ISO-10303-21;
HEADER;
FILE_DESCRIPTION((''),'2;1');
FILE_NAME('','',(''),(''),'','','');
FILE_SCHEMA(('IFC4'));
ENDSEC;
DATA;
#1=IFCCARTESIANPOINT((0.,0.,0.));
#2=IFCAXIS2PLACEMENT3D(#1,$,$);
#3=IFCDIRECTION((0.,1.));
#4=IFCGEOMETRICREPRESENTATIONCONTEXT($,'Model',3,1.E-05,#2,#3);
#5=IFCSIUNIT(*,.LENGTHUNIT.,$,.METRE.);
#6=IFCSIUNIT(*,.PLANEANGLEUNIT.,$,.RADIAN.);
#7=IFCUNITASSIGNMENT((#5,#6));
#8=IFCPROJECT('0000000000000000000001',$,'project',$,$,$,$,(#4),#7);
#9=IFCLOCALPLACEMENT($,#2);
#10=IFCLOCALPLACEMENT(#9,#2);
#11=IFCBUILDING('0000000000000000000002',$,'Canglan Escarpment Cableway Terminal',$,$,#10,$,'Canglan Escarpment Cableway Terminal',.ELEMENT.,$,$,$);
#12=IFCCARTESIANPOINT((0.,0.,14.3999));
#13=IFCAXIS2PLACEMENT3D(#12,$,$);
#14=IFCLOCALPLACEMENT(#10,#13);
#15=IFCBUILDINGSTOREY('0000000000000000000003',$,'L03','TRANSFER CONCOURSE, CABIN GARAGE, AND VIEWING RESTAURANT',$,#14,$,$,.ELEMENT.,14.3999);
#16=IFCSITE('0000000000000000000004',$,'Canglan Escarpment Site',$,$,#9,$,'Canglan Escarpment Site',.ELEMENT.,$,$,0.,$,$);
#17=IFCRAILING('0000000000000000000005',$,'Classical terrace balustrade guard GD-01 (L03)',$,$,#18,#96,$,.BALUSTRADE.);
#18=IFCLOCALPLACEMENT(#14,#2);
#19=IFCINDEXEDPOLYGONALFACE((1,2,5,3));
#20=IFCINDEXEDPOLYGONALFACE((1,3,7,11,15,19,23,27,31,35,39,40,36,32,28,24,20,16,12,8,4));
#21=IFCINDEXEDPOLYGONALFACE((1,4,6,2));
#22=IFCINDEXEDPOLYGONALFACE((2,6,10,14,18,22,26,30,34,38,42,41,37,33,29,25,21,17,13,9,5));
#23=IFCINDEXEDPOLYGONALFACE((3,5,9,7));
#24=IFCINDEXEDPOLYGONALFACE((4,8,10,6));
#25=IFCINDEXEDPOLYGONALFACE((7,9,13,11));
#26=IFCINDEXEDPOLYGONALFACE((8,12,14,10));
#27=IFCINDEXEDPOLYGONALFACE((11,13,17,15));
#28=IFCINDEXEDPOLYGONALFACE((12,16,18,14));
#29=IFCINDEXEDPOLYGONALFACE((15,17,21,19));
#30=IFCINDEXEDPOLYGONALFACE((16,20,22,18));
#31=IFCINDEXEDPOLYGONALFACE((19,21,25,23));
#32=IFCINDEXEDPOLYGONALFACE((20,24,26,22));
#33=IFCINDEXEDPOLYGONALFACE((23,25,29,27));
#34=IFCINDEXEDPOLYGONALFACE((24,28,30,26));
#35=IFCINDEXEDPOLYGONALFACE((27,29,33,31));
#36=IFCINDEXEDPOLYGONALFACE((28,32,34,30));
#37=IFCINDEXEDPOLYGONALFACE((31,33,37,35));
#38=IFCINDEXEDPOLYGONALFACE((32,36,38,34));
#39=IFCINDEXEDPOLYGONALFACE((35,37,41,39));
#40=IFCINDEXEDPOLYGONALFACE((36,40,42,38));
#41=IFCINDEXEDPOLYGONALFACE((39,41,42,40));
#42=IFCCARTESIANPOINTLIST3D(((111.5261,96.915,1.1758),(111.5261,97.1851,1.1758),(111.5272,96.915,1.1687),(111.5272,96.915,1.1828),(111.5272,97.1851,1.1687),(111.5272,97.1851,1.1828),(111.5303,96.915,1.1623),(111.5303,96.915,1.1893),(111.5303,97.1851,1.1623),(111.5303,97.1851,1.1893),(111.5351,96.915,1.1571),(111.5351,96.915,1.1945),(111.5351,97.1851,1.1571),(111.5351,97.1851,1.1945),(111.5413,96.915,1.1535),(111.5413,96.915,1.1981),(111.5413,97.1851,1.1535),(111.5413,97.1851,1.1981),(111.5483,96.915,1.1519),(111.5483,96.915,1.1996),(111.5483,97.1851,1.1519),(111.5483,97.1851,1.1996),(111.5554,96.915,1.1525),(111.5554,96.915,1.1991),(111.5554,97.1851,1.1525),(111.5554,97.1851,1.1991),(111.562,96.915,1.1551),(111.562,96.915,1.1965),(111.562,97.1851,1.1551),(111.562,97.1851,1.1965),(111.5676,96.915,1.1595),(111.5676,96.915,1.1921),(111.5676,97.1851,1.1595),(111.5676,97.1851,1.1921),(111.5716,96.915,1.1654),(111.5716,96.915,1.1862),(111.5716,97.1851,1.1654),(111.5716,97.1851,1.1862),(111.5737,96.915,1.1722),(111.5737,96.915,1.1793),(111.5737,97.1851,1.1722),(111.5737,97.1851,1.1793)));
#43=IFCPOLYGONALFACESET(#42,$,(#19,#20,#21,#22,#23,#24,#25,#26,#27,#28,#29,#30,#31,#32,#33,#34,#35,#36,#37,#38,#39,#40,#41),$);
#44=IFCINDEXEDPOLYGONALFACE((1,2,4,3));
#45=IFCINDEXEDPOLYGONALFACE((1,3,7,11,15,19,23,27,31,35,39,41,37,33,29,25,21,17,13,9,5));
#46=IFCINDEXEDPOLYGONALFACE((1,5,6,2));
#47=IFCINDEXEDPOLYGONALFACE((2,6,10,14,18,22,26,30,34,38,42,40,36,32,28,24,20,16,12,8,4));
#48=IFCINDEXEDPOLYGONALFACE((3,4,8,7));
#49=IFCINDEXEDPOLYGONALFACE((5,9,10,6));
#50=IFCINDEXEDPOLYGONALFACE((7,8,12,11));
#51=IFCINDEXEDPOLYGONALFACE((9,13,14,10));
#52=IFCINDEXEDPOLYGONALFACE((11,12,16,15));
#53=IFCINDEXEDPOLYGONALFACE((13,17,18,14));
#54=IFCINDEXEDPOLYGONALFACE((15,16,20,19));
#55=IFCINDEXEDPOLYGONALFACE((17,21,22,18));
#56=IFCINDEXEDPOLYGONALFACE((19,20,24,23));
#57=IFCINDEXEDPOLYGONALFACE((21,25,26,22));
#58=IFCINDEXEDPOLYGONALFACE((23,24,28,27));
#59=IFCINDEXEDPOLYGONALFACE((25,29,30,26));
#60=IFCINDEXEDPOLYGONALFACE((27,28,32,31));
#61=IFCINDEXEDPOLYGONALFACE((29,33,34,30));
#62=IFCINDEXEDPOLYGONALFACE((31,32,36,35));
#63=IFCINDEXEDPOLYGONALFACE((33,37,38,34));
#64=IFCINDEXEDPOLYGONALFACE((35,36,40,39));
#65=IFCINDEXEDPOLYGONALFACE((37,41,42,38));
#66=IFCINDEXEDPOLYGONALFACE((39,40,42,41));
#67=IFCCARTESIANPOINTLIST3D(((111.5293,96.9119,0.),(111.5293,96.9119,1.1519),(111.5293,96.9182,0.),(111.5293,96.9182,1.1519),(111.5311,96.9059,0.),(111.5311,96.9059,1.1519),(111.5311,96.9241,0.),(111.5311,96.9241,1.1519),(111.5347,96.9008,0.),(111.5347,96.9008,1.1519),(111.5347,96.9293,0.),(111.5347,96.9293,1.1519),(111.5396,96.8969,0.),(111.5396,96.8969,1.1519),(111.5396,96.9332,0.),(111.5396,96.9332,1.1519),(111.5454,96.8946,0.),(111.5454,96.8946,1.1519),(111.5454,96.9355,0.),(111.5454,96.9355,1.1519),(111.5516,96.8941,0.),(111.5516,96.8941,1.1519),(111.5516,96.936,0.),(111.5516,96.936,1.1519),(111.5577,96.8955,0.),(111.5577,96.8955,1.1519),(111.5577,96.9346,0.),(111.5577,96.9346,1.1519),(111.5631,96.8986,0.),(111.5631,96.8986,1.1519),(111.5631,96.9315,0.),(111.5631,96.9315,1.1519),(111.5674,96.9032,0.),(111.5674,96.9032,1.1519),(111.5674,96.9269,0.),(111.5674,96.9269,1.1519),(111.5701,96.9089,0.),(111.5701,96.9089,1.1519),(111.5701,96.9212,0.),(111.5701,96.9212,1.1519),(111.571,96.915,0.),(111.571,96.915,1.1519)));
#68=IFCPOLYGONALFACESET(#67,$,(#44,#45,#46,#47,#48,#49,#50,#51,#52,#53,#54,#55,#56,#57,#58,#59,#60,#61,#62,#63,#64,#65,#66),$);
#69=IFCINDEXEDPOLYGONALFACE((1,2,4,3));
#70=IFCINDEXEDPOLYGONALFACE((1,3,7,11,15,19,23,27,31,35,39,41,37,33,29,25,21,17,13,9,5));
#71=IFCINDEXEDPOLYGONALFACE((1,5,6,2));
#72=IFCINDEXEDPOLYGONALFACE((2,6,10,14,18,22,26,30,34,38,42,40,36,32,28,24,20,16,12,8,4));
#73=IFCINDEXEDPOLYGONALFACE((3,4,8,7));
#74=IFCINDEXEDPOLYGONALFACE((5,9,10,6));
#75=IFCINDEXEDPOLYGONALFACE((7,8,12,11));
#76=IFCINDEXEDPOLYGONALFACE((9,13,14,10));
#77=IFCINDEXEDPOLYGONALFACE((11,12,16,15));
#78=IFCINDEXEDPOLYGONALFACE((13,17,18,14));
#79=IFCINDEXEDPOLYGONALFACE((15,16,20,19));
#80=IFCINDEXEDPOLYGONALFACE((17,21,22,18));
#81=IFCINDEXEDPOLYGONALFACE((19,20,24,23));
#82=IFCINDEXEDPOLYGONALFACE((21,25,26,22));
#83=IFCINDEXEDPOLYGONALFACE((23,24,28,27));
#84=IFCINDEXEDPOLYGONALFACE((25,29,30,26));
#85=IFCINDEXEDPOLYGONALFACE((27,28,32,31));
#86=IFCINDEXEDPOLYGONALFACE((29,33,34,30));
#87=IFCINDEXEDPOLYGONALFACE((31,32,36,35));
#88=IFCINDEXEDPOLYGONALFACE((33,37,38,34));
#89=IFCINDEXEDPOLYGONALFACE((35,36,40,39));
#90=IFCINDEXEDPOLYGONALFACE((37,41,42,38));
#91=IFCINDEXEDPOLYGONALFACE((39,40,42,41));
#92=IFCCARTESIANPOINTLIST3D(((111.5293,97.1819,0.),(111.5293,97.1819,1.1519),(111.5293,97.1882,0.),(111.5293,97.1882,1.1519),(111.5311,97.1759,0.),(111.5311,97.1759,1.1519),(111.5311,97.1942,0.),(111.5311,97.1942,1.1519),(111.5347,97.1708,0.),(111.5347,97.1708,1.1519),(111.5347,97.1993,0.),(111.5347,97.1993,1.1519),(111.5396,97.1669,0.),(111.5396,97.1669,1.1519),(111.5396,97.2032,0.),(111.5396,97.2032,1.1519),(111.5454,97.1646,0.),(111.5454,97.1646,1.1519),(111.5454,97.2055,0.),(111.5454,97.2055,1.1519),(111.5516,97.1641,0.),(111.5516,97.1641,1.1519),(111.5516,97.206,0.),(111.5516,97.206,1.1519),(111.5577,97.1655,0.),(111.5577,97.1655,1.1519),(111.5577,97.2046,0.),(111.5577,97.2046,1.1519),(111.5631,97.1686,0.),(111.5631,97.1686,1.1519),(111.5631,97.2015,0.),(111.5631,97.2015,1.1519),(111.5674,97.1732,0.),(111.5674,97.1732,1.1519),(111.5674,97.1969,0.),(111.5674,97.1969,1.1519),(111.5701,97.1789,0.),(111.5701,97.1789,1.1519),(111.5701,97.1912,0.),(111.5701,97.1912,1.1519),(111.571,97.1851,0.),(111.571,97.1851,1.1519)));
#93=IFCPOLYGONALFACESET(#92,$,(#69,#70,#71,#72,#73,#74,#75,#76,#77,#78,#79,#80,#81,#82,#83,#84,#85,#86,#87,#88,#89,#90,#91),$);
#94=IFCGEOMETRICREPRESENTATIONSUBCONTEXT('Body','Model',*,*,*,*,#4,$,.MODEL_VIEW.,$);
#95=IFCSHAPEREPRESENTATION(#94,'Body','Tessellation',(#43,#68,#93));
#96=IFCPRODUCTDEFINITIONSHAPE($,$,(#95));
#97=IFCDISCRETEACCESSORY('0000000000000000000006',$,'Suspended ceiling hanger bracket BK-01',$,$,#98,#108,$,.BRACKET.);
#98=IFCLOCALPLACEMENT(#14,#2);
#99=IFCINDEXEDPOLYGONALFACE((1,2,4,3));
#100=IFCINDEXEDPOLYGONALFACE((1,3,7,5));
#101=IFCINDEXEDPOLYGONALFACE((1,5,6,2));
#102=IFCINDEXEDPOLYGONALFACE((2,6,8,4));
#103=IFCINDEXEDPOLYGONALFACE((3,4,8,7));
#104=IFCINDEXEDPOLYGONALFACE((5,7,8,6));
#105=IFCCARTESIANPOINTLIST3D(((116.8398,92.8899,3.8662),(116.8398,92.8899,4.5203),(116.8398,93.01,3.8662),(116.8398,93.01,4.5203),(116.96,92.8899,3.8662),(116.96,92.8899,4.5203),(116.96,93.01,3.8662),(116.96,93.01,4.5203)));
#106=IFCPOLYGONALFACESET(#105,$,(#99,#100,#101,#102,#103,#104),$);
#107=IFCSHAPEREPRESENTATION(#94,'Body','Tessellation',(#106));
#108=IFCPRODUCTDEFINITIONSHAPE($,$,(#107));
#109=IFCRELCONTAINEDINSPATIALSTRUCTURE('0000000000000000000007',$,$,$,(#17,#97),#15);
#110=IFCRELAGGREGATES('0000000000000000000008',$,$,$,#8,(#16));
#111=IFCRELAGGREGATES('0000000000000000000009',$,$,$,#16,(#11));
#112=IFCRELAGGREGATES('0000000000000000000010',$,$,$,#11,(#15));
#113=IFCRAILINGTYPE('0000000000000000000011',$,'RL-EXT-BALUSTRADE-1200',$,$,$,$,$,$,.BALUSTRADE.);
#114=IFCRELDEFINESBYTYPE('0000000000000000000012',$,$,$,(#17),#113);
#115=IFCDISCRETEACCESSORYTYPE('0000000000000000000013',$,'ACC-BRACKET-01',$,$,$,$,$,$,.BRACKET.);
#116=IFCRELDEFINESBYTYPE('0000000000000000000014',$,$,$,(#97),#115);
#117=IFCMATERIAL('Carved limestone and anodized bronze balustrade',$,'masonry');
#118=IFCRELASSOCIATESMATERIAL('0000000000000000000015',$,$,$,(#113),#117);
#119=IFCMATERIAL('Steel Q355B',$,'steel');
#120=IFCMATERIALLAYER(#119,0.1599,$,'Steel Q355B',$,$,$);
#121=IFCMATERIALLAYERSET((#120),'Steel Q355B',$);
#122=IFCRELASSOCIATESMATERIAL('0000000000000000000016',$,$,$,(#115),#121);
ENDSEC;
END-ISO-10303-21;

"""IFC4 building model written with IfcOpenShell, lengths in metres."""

from ifc_helpers import new_model, si_unit, direction, frame, origin, origin_2d, place, context, subcontext, project, spatial, rectangle, circle, extrude, material, layer, layer_set, type_object, element, save


model = new_model("IFC4")

# Units and contexts
model_context = context("Model", 3, precision=1e-05, world=origin(), true_north=direction((0.0, 1.0)))
body_context = subcontext(model_context, "Body", "Model", "MODEL_VIEW")
ifc_project = project(units=[si_unit("LENGTHUNIT", "METRE"), si_unit("PLANEANGLEUNIT", "RADIAN")], contexts=[model_context])

# Site, building, storey
site_placement = place(None, origin())
site = spatial("IfcSite", under=ifc_project, at=site_placement, Name="Canglan Escarpment Site", LongName="Canglan Escarpment Site", CompositionType="ELEMENT", RefElevation=0.0)
building_placement = place(site_placement, origin())
building = spatial("IfcBuilding", under=site, at=building_placement, Name="Canglan Escarpment Cableway Terminal", LongName="Canglan Escarpment Cableway Terminal", CompositionType="ELEMENT")
storey_placement = place(building_placement, frame((0.0, 0.0, 14.3999)))
storey = spatial("IfcBuildingStorey", under=building, at=storey_placement, Name="L03", Description="TRANSFER CONCOURSE, CABIN GARAGE, AND VIEWING RESTAURANT", CompositionType="ELEMENT", Elevation=14.3999)

# Shared definitions
ifc_material_1 = material(Name="Steel Q355B", Category="steel")

# Railing
ifc_material_2 = material(Name="Carved limestone and anodized bronze balustrade", Category="masonry")
railing_type = type_object("IfcRailingType", Name="RL-EXT-BALUSTRADE-1200", PredefinedType="BALUSTRADE", material=ifc_material_2)
railing_placement = place(storey_placement, frame((111.55, 96.915, 0.0)))
element("IfcRailing", 1, at=railing_placement, inside=storey, type_object=railing_type, Name="Classical terrace balustrade guard GD-01 (L03)", PredefinedType="BALUSTRADE", context=body_context, shape_type="SweptSolid", body=[
    extrude(circle(Radius=0.0239, at=origin_2d()), frame((0.0, 0.0, 1.1758), z_axis=(0.0, 1.0, 0.0), x_axis=(-1.0, 0.0, 0.0)), (0.0, 0.0, 1.0), 0.27),
    extrude(circle(Radius=0.021, at=origin_2d()), origin(), (0.0, 0.0, 1.0), 1.1519),
    extrude(circle(Radius=0.021, at=origin_2d()), frame((0.0, 0.27, 0.0)), (0.0, 0.0, 1.0), 1.1519),
])

# Discrete accessory
ifc_layer_1 = layer(ifc_material_1, 0.1599, Name="Steel Q355B")
ifc_layer_set_1 = layer_set([ifc_layer_1], Name="Steel Q355B")
discrete_accessory_type = type_object("IfcDiscreteAccessoryType", Name="ACC-BRACKET-01", PredefinedType="BRACKET", material=ifc_layer_set_1)
discrete_accessory_placement = place(storey_placement, frame((116.8999, 92.95, 3.8662), z_axis=(0.0, 0.0, 1.0), x_axis=(1.0, 0.0, 0.0)))
element("IfcDiscreteAccessory", 2, at=discrete_accessory_placement, inside=storey, type_object=discrete_accessory_type, Name="Suspended ceiling hanger bracket BK-01", PredefinedType="BRACKET", context=body_context, shape_type="SweptSolid", body=[
    extrude(rectangle(XDim=0.1201, YDim=0.1201, at=origin_2d()), origin(), (0.0, 0.0, 1.0), 0.6541),
])

save(model, "model.ifc")
